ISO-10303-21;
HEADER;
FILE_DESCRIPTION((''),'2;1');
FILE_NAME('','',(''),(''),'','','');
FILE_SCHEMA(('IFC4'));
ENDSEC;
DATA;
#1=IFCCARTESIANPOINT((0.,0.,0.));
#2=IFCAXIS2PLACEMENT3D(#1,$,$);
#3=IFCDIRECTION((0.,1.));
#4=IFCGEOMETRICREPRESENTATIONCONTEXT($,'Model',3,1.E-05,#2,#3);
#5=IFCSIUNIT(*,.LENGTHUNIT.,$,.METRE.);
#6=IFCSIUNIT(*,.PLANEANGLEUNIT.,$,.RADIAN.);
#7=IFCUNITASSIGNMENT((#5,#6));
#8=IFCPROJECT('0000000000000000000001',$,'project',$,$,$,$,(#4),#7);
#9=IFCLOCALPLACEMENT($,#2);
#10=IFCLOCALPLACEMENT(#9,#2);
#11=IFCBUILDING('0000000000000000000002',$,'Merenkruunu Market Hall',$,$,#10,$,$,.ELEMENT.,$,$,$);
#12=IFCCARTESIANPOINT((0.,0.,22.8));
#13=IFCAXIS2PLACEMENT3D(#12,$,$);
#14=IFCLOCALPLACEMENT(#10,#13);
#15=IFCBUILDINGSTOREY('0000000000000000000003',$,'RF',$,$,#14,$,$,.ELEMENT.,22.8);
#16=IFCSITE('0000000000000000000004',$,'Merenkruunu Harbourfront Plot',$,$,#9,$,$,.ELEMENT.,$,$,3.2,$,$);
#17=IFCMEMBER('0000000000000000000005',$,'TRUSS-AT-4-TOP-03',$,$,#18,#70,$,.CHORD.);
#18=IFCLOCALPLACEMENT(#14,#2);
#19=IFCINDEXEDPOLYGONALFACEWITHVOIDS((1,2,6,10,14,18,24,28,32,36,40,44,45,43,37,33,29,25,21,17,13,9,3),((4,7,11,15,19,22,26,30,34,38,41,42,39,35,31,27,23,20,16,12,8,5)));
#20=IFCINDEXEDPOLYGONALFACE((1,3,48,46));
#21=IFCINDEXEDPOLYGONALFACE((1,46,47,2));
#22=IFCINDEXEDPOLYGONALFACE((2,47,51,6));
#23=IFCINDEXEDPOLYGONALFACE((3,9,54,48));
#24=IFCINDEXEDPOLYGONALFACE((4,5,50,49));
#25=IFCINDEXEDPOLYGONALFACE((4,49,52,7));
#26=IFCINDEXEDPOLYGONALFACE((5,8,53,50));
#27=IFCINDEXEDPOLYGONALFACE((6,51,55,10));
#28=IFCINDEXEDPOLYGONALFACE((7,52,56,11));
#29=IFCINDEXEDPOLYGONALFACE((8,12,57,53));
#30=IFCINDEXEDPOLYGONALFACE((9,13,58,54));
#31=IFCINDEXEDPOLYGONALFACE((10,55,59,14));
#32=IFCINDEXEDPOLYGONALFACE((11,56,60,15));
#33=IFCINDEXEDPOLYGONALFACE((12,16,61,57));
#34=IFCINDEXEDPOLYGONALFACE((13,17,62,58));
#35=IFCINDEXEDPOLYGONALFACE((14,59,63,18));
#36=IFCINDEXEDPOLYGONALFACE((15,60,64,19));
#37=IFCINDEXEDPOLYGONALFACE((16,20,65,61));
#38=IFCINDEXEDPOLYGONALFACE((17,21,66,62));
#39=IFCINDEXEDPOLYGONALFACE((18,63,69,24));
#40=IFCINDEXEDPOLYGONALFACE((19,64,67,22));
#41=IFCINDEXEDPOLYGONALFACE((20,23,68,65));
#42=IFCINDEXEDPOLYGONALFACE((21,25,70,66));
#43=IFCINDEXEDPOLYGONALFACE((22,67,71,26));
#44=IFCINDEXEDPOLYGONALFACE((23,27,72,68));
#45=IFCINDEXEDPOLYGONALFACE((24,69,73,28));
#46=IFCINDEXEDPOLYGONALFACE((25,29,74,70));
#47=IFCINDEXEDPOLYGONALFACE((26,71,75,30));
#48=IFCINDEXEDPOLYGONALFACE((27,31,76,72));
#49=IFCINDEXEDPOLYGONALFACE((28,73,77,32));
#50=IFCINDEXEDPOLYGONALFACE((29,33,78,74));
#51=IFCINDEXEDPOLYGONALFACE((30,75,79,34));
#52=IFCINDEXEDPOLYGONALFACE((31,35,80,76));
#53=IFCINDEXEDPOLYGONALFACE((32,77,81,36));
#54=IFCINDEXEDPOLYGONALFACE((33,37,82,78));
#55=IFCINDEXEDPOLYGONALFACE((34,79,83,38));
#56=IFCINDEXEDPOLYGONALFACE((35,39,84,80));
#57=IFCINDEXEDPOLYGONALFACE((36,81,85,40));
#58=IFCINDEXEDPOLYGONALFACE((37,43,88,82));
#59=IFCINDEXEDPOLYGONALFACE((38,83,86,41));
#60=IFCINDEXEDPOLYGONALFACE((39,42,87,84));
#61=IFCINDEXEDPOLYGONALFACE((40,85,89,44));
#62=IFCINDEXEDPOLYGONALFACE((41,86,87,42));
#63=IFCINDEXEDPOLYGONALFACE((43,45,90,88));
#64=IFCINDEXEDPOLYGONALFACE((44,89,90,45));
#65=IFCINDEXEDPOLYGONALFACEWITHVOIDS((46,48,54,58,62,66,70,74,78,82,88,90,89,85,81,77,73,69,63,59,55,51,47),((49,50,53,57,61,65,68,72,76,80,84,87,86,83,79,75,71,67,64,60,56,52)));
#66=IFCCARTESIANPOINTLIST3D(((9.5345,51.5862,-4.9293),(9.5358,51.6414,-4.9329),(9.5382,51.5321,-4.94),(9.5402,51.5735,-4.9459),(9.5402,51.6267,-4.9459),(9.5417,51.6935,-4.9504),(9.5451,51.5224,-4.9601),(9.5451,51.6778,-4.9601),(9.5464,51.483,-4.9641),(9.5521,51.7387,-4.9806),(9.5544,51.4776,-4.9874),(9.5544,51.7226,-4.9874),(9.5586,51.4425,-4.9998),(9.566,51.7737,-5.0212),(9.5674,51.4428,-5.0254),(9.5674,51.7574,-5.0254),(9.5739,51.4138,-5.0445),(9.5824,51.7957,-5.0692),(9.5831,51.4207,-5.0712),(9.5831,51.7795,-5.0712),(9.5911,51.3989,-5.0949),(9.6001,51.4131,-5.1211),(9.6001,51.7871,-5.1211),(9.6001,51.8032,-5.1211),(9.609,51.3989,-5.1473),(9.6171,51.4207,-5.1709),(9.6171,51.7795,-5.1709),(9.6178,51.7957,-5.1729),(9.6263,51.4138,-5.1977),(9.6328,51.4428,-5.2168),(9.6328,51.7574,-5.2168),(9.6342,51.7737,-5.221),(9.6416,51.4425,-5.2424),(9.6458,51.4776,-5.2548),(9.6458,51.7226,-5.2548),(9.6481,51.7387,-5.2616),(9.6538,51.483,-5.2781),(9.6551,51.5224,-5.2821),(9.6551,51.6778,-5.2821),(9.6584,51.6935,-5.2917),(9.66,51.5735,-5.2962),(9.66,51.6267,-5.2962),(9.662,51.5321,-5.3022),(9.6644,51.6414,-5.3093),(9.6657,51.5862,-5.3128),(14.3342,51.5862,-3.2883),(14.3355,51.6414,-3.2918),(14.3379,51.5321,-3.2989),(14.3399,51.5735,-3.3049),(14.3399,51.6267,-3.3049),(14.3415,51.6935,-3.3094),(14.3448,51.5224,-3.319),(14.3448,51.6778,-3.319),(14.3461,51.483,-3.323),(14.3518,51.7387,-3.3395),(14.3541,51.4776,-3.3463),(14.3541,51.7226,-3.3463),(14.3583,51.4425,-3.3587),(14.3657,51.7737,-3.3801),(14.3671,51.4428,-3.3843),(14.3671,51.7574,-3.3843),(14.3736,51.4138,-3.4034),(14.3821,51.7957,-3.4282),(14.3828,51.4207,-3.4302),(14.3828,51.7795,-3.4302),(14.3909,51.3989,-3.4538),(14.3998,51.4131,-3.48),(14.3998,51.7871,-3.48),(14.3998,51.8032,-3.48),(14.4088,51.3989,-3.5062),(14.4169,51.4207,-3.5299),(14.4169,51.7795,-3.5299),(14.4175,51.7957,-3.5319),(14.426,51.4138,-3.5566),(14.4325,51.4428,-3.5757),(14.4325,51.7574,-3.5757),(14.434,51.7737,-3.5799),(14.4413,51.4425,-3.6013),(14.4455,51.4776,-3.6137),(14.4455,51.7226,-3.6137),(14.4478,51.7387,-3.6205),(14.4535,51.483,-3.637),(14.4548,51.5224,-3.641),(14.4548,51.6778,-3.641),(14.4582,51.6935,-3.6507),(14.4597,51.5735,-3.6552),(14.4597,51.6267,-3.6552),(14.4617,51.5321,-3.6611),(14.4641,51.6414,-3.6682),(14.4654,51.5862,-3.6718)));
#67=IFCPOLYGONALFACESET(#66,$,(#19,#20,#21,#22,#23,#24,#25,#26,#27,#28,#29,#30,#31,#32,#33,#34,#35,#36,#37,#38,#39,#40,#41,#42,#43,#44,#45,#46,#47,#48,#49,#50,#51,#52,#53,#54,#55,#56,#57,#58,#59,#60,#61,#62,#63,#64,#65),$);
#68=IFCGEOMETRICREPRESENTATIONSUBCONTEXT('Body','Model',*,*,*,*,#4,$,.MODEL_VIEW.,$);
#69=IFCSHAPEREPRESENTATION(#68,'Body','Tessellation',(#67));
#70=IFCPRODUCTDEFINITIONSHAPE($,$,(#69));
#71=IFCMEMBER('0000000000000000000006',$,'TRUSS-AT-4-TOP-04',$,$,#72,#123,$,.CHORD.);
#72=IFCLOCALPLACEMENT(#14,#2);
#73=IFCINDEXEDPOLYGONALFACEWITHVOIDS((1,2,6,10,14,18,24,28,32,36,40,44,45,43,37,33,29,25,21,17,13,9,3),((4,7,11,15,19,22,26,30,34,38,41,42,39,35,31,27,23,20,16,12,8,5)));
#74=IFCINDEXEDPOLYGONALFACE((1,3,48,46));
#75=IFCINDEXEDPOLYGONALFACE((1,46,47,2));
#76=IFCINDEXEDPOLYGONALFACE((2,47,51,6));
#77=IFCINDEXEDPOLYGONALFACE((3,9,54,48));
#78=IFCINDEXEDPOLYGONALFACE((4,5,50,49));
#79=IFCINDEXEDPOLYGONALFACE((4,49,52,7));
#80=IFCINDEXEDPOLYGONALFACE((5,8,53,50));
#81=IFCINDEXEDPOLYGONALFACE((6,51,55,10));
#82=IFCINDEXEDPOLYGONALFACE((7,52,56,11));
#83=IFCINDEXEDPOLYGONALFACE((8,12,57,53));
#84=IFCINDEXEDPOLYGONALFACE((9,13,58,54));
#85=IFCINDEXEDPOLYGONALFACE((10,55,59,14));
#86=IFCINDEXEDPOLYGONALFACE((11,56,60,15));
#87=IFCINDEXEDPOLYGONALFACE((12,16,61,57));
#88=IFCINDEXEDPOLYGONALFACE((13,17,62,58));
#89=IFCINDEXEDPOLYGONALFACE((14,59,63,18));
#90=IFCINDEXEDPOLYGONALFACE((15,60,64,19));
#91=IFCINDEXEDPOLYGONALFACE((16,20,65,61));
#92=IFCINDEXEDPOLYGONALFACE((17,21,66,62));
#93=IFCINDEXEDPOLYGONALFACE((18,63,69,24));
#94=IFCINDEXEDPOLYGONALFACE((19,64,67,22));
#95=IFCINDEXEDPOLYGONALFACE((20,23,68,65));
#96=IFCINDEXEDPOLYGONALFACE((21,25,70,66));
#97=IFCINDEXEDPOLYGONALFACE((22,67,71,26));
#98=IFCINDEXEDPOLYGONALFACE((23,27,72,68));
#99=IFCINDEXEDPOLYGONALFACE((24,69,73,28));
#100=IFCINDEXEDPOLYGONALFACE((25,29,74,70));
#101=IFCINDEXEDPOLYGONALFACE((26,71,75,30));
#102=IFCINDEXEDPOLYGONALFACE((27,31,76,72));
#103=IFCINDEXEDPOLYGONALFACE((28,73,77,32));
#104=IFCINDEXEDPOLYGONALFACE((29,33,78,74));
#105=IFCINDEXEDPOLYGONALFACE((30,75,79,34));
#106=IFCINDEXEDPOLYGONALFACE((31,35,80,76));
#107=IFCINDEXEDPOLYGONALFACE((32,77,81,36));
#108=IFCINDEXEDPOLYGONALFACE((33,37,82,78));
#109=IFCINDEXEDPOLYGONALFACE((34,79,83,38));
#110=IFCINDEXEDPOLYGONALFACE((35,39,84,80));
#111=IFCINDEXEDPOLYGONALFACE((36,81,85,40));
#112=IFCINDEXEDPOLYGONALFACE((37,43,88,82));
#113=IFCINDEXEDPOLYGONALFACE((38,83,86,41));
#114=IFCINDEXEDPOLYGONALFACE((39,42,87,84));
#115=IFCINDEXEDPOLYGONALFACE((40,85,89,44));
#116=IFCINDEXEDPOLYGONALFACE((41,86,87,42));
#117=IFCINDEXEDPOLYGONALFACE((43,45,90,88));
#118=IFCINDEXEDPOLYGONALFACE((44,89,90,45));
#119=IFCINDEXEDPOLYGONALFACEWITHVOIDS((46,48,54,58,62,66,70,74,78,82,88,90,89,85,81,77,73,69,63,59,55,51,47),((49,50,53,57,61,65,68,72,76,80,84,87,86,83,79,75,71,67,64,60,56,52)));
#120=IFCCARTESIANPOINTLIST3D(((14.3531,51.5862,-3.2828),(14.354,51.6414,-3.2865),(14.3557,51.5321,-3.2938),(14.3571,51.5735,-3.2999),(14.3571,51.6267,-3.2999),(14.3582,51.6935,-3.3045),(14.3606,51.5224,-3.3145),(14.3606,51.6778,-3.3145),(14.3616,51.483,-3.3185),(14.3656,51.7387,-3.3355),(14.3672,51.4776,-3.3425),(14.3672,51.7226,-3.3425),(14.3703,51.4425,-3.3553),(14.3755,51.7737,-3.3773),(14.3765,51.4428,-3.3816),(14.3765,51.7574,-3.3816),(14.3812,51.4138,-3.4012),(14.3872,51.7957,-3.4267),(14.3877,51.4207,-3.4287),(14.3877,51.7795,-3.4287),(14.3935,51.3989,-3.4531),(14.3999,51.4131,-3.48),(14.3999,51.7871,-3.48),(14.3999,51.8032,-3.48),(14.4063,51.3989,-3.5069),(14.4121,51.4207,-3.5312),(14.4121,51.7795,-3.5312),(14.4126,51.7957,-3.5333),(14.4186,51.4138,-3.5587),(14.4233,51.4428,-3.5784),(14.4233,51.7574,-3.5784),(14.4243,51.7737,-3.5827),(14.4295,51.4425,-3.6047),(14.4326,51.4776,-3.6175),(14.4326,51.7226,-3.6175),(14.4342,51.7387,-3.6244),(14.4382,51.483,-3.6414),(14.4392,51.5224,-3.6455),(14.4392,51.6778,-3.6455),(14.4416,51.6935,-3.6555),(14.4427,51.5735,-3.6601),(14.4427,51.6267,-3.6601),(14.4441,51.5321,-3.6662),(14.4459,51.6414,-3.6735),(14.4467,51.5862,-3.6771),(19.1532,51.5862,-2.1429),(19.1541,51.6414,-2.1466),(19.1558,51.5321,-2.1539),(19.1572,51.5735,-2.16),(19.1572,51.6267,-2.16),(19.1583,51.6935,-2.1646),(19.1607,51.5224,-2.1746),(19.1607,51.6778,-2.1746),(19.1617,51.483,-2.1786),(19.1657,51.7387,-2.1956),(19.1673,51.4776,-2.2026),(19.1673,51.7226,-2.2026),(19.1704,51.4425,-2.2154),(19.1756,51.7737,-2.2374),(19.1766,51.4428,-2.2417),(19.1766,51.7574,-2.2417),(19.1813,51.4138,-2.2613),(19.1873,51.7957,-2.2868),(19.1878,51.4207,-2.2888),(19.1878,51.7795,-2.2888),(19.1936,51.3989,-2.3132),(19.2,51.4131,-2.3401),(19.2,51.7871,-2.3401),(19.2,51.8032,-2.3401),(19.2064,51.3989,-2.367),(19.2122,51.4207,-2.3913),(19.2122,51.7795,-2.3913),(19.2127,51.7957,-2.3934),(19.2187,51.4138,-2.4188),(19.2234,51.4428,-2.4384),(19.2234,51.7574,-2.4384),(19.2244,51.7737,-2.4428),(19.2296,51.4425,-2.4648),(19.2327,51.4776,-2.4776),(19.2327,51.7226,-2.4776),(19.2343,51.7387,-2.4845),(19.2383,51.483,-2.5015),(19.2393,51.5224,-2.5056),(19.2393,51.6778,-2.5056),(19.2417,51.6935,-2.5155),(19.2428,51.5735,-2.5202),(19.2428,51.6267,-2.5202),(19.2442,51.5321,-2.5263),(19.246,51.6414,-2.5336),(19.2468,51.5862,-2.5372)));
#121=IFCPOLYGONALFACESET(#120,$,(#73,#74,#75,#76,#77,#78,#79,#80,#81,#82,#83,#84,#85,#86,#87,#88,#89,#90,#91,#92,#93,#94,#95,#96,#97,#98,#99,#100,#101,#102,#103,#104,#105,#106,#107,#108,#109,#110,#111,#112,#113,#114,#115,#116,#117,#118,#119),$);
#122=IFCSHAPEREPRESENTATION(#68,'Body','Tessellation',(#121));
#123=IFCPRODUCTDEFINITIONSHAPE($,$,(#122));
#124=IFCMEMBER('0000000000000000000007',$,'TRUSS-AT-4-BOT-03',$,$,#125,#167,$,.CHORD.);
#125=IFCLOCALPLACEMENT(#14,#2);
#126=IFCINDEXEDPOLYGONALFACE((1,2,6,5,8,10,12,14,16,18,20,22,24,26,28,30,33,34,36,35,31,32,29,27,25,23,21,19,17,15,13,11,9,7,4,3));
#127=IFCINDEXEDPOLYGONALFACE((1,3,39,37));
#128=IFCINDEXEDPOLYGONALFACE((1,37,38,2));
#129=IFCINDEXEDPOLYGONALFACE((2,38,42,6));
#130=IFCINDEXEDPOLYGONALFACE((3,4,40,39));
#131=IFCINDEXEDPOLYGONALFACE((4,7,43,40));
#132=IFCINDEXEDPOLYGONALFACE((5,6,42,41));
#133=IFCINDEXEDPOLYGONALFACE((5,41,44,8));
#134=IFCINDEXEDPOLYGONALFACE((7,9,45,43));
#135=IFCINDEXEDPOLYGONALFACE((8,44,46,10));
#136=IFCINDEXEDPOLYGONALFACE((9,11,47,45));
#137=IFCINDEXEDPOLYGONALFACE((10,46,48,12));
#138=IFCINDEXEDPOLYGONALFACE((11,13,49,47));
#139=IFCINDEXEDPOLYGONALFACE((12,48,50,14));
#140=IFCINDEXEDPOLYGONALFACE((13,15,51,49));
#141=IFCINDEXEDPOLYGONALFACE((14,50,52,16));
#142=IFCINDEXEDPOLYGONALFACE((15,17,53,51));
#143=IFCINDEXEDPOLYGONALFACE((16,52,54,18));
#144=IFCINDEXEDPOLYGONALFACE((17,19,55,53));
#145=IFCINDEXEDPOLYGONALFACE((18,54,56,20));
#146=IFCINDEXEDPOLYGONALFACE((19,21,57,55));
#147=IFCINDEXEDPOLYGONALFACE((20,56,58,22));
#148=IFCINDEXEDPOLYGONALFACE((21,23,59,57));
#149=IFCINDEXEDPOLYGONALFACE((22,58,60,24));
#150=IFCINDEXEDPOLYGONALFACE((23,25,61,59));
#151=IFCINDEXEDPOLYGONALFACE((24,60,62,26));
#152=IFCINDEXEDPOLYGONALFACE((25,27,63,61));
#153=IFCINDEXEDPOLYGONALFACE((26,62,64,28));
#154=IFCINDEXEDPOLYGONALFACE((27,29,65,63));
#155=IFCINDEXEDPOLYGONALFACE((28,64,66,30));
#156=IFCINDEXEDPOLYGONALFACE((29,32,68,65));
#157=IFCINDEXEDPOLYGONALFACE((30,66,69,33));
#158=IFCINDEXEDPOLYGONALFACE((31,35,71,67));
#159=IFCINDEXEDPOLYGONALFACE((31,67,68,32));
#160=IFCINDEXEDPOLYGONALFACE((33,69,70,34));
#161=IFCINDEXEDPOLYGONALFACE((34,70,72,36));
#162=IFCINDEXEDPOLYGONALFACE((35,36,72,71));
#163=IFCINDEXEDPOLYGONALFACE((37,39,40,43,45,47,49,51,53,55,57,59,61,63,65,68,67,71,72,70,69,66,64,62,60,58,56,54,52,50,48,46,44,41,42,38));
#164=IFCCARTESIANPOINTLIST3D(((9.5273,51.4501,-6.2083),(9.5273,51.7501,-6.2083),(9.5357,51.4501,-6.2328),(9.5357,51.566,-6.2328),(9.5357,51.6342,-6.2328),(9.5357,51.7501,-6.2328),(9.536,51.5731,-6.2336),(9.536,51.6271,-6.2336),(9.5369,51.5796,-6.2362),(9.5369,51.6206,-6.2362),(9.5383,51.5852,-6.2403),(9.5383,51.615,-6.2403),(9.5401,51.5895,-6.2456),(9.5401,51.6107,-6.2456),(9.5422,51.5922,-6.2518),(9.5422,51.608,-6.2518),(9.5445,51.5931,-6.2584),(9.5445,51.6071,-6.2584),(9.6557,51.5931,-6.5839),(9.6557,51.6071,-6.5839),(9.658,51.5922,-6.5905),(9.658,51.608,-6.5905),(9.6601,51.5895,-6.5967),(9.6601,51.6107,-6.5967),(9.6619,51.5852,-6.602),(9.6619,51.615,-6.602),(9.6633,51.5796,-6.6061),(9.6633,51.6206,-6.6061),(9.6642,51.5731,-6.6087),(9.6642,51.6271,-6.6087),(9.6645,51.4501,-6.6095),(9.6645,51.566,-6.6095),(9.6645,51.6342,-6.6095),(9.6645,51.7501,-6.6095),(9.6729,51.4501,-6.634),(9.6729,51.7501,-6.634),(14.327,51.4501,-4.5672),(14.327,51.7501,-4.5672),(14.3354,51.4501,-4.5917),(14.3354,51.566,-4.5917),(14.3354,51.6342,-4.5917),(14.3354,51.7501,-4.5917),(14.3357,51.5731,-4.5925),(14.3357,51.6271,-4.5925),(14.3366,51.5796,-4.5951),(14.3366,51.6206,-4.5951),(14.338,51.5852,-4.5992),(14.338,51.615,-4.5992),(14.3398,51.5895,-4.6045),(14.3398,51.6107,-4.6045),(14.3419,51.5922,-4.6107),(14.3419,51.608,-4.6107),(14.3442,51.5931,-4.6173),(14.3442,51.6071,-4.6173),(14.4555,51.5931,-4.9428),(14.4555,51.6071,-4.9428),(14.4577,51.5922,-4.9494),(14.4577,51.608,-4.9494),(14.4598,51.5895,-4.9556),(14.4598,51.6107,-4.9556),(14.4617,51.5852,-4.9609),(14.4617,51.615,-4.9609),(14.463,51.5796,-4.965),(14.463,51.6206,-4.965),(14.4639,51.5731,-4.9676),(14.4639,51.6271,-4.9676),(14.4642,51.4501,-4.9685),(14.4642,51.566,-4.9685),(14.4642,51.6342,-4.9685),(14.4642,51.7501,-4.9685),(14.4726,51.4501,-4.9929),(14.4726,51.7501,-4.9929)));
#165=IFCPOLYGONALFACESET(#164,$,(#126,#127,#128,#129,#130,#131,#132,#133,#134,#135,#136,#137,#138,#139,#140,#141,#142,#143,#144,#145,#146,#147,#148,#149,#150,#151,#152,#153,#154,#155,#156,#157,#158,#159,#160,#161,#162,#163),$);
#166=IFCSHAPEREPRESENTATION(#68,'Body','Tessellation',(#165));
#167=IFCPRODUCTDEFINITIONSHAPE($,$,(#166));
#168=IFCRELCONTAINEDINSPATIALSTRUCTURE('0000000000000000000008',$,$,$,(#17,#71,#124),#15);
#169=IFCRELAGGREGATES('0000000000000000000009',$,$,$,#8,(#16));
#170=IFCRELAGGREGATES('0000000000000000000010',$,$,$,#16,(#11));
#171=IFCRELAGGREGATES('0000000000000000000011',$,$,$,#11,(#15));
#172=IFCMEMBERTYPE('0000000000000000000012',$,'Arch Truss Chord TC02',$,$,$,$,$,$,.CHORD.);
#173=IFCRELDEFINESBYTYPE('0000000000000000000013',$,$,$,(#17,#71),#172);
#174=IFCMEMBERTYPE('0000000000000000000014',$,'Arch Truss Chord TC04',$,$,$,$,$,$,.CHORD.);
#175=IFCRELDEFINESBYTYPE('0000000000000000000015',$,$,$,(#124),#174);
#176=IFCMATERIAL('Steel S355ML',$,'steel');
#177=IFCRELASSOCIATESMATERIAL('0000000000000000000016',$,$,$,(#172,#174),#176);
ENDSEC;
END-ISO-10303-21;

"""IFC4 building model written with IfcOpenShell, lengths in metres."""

from ifc_helpers import new_model, si_unit, direction, frame, origin, origin_2d, place, context, subcontext, project, spatial, hollow_circle, i_section, extrude, material, material_profile, profile_set, type_object, element, save


model = new_model("IFC4")

# Units and contexts
model_context = context("Model", 3, precision=1e-05, world=origin(), true_north=direction((0.0, 1.0)))
body_context = subcontext(model_context, "Body", "Model", "MODEL_VIEW")
ifc_project = project(units=[si_unit("LENGTHUNIT", "METRE"), si_unit("PLANEANGLEUNIT", "RADIAN")], contexts=[model_context])

# Site, building, storey
site_placement = place(None, origin())
site = spatial("IfcSite", under=ifc_project, at=site_placement, Name="Merenkruunu Harbourfront Plot", CompositionType="ELEMENT", RefElevation=3.2)
building_placement = place(site_placement, origin())
building = spatial("IfcBuilding", under=site, at=building_placement, Name="Merenkruunu Market Hall", CompositionType="ELEMENT")
storey_placement = place(building_placement, frame((0.0, 0.0, 22.8)))
storey = spatial("IfcBuildingStorey", under=building, at=storey_placement, Name="RF", CompositionType="ELEMENT", Elevation=22.8)

# Members
ifc_material_1 = material(Name="Steel S355ML", Category="steel")
ifc_material_profile_1 = material_profile(ifc_material_1, hollow_circle(Radius=0.2031, WallThickness=0.0161, at=origin_2d()), Name="CHS 406.4x16")
ifc_profile_set_1 = profile_set([ifc_material_profile_1], Name="Steel S355ML")
member_type_1 = type_object("IfcMemberType", Name="Arch Truss Chord TC02", PredefinedType="CHORD", material=ifc_profile_set_1)
member_1_placement = place(storey_placement, frame((9.6001, 51.6001, -5.1211), z_axis=(0.94622, 0.0, 0.323524), x_axis=(0.0, 1.0, 0.0)))
element("IfcMember", 1, at=member_1_placement, inside=storey, type_object=member_type_1, Name="TRUSS-AT-4-TOP-03", PredefinedType="CHORD", context=body_context, shape_type="SweptSolid", body=[
    extrude(hollow_circle(Radius=0.2031, WallThickness=0.0161, at=origin_2d()), origin(), (0.0, 0.0, 1.0), 5.0725),
])
member_2_placement = place(storey_placement, frame((14.3999, 51.6001, -3.48), z_axis=(0.972942, 0.0, 0.23105), x_axis=(0.0, 1.0, 0.0)))
element("IfcMember", 2, at=member_2_placement, inside=storey, type_object=member_type_1, Name="TRUSS-AT-4-TOP-04", PredefinedType="CHORD", context=body_context, shape_type="SweptSolid", body=[
    extrude(hollow_circle(Radius=0.2031, WallThickness=0.0161, at=origin_2d()), origin(), (0.0, 0.0, 1.0), 4.9336),
])
ifc_material_profile_2 = material_profile(ifc_material_1, i_section(OverallWidth=0.3, OverallDepth=0.45, WebThickness=0.0139, FlangeThickness=0.0259, FilletRadius=0.0271, at=origin_2d()), Name="HEB 450")
ifc_profile_set_2 = profile_set([ifc_material_profile_2], Name="Steel S355ML")
member_type_2 = type_object("IfcMemberType", Name="Arch Truss Chord TC04", PredefinedType="CHORD", material=ifc_profile_set_2)
member_3_placement = place(storey_placement, frame((9.6001, 51.6001, -6.4211), z_axis=(0.94622, 0.0, 0.323524), x_axis=(0.0, 1.0, 0.0)))
element("IfcMember", 3, at=member_3_placement, inside=storey, type_object=member_type_2, Name="TRUSS-AT-4-BOT-03", PredefinedType="CHORD", context=body_context, shape_type="SweptSolid", body=[
    extrude(i_section(OverallWidth=0.3, OverallDepth=0.45, WebThickness=0.0139, FlangeThickness=0.0259, FilletRadius=0.0271, at=origin_2d()), origin(), (0.0, 0.0, 1.0), 5.0725),
])

save(model, "model.ifc")
